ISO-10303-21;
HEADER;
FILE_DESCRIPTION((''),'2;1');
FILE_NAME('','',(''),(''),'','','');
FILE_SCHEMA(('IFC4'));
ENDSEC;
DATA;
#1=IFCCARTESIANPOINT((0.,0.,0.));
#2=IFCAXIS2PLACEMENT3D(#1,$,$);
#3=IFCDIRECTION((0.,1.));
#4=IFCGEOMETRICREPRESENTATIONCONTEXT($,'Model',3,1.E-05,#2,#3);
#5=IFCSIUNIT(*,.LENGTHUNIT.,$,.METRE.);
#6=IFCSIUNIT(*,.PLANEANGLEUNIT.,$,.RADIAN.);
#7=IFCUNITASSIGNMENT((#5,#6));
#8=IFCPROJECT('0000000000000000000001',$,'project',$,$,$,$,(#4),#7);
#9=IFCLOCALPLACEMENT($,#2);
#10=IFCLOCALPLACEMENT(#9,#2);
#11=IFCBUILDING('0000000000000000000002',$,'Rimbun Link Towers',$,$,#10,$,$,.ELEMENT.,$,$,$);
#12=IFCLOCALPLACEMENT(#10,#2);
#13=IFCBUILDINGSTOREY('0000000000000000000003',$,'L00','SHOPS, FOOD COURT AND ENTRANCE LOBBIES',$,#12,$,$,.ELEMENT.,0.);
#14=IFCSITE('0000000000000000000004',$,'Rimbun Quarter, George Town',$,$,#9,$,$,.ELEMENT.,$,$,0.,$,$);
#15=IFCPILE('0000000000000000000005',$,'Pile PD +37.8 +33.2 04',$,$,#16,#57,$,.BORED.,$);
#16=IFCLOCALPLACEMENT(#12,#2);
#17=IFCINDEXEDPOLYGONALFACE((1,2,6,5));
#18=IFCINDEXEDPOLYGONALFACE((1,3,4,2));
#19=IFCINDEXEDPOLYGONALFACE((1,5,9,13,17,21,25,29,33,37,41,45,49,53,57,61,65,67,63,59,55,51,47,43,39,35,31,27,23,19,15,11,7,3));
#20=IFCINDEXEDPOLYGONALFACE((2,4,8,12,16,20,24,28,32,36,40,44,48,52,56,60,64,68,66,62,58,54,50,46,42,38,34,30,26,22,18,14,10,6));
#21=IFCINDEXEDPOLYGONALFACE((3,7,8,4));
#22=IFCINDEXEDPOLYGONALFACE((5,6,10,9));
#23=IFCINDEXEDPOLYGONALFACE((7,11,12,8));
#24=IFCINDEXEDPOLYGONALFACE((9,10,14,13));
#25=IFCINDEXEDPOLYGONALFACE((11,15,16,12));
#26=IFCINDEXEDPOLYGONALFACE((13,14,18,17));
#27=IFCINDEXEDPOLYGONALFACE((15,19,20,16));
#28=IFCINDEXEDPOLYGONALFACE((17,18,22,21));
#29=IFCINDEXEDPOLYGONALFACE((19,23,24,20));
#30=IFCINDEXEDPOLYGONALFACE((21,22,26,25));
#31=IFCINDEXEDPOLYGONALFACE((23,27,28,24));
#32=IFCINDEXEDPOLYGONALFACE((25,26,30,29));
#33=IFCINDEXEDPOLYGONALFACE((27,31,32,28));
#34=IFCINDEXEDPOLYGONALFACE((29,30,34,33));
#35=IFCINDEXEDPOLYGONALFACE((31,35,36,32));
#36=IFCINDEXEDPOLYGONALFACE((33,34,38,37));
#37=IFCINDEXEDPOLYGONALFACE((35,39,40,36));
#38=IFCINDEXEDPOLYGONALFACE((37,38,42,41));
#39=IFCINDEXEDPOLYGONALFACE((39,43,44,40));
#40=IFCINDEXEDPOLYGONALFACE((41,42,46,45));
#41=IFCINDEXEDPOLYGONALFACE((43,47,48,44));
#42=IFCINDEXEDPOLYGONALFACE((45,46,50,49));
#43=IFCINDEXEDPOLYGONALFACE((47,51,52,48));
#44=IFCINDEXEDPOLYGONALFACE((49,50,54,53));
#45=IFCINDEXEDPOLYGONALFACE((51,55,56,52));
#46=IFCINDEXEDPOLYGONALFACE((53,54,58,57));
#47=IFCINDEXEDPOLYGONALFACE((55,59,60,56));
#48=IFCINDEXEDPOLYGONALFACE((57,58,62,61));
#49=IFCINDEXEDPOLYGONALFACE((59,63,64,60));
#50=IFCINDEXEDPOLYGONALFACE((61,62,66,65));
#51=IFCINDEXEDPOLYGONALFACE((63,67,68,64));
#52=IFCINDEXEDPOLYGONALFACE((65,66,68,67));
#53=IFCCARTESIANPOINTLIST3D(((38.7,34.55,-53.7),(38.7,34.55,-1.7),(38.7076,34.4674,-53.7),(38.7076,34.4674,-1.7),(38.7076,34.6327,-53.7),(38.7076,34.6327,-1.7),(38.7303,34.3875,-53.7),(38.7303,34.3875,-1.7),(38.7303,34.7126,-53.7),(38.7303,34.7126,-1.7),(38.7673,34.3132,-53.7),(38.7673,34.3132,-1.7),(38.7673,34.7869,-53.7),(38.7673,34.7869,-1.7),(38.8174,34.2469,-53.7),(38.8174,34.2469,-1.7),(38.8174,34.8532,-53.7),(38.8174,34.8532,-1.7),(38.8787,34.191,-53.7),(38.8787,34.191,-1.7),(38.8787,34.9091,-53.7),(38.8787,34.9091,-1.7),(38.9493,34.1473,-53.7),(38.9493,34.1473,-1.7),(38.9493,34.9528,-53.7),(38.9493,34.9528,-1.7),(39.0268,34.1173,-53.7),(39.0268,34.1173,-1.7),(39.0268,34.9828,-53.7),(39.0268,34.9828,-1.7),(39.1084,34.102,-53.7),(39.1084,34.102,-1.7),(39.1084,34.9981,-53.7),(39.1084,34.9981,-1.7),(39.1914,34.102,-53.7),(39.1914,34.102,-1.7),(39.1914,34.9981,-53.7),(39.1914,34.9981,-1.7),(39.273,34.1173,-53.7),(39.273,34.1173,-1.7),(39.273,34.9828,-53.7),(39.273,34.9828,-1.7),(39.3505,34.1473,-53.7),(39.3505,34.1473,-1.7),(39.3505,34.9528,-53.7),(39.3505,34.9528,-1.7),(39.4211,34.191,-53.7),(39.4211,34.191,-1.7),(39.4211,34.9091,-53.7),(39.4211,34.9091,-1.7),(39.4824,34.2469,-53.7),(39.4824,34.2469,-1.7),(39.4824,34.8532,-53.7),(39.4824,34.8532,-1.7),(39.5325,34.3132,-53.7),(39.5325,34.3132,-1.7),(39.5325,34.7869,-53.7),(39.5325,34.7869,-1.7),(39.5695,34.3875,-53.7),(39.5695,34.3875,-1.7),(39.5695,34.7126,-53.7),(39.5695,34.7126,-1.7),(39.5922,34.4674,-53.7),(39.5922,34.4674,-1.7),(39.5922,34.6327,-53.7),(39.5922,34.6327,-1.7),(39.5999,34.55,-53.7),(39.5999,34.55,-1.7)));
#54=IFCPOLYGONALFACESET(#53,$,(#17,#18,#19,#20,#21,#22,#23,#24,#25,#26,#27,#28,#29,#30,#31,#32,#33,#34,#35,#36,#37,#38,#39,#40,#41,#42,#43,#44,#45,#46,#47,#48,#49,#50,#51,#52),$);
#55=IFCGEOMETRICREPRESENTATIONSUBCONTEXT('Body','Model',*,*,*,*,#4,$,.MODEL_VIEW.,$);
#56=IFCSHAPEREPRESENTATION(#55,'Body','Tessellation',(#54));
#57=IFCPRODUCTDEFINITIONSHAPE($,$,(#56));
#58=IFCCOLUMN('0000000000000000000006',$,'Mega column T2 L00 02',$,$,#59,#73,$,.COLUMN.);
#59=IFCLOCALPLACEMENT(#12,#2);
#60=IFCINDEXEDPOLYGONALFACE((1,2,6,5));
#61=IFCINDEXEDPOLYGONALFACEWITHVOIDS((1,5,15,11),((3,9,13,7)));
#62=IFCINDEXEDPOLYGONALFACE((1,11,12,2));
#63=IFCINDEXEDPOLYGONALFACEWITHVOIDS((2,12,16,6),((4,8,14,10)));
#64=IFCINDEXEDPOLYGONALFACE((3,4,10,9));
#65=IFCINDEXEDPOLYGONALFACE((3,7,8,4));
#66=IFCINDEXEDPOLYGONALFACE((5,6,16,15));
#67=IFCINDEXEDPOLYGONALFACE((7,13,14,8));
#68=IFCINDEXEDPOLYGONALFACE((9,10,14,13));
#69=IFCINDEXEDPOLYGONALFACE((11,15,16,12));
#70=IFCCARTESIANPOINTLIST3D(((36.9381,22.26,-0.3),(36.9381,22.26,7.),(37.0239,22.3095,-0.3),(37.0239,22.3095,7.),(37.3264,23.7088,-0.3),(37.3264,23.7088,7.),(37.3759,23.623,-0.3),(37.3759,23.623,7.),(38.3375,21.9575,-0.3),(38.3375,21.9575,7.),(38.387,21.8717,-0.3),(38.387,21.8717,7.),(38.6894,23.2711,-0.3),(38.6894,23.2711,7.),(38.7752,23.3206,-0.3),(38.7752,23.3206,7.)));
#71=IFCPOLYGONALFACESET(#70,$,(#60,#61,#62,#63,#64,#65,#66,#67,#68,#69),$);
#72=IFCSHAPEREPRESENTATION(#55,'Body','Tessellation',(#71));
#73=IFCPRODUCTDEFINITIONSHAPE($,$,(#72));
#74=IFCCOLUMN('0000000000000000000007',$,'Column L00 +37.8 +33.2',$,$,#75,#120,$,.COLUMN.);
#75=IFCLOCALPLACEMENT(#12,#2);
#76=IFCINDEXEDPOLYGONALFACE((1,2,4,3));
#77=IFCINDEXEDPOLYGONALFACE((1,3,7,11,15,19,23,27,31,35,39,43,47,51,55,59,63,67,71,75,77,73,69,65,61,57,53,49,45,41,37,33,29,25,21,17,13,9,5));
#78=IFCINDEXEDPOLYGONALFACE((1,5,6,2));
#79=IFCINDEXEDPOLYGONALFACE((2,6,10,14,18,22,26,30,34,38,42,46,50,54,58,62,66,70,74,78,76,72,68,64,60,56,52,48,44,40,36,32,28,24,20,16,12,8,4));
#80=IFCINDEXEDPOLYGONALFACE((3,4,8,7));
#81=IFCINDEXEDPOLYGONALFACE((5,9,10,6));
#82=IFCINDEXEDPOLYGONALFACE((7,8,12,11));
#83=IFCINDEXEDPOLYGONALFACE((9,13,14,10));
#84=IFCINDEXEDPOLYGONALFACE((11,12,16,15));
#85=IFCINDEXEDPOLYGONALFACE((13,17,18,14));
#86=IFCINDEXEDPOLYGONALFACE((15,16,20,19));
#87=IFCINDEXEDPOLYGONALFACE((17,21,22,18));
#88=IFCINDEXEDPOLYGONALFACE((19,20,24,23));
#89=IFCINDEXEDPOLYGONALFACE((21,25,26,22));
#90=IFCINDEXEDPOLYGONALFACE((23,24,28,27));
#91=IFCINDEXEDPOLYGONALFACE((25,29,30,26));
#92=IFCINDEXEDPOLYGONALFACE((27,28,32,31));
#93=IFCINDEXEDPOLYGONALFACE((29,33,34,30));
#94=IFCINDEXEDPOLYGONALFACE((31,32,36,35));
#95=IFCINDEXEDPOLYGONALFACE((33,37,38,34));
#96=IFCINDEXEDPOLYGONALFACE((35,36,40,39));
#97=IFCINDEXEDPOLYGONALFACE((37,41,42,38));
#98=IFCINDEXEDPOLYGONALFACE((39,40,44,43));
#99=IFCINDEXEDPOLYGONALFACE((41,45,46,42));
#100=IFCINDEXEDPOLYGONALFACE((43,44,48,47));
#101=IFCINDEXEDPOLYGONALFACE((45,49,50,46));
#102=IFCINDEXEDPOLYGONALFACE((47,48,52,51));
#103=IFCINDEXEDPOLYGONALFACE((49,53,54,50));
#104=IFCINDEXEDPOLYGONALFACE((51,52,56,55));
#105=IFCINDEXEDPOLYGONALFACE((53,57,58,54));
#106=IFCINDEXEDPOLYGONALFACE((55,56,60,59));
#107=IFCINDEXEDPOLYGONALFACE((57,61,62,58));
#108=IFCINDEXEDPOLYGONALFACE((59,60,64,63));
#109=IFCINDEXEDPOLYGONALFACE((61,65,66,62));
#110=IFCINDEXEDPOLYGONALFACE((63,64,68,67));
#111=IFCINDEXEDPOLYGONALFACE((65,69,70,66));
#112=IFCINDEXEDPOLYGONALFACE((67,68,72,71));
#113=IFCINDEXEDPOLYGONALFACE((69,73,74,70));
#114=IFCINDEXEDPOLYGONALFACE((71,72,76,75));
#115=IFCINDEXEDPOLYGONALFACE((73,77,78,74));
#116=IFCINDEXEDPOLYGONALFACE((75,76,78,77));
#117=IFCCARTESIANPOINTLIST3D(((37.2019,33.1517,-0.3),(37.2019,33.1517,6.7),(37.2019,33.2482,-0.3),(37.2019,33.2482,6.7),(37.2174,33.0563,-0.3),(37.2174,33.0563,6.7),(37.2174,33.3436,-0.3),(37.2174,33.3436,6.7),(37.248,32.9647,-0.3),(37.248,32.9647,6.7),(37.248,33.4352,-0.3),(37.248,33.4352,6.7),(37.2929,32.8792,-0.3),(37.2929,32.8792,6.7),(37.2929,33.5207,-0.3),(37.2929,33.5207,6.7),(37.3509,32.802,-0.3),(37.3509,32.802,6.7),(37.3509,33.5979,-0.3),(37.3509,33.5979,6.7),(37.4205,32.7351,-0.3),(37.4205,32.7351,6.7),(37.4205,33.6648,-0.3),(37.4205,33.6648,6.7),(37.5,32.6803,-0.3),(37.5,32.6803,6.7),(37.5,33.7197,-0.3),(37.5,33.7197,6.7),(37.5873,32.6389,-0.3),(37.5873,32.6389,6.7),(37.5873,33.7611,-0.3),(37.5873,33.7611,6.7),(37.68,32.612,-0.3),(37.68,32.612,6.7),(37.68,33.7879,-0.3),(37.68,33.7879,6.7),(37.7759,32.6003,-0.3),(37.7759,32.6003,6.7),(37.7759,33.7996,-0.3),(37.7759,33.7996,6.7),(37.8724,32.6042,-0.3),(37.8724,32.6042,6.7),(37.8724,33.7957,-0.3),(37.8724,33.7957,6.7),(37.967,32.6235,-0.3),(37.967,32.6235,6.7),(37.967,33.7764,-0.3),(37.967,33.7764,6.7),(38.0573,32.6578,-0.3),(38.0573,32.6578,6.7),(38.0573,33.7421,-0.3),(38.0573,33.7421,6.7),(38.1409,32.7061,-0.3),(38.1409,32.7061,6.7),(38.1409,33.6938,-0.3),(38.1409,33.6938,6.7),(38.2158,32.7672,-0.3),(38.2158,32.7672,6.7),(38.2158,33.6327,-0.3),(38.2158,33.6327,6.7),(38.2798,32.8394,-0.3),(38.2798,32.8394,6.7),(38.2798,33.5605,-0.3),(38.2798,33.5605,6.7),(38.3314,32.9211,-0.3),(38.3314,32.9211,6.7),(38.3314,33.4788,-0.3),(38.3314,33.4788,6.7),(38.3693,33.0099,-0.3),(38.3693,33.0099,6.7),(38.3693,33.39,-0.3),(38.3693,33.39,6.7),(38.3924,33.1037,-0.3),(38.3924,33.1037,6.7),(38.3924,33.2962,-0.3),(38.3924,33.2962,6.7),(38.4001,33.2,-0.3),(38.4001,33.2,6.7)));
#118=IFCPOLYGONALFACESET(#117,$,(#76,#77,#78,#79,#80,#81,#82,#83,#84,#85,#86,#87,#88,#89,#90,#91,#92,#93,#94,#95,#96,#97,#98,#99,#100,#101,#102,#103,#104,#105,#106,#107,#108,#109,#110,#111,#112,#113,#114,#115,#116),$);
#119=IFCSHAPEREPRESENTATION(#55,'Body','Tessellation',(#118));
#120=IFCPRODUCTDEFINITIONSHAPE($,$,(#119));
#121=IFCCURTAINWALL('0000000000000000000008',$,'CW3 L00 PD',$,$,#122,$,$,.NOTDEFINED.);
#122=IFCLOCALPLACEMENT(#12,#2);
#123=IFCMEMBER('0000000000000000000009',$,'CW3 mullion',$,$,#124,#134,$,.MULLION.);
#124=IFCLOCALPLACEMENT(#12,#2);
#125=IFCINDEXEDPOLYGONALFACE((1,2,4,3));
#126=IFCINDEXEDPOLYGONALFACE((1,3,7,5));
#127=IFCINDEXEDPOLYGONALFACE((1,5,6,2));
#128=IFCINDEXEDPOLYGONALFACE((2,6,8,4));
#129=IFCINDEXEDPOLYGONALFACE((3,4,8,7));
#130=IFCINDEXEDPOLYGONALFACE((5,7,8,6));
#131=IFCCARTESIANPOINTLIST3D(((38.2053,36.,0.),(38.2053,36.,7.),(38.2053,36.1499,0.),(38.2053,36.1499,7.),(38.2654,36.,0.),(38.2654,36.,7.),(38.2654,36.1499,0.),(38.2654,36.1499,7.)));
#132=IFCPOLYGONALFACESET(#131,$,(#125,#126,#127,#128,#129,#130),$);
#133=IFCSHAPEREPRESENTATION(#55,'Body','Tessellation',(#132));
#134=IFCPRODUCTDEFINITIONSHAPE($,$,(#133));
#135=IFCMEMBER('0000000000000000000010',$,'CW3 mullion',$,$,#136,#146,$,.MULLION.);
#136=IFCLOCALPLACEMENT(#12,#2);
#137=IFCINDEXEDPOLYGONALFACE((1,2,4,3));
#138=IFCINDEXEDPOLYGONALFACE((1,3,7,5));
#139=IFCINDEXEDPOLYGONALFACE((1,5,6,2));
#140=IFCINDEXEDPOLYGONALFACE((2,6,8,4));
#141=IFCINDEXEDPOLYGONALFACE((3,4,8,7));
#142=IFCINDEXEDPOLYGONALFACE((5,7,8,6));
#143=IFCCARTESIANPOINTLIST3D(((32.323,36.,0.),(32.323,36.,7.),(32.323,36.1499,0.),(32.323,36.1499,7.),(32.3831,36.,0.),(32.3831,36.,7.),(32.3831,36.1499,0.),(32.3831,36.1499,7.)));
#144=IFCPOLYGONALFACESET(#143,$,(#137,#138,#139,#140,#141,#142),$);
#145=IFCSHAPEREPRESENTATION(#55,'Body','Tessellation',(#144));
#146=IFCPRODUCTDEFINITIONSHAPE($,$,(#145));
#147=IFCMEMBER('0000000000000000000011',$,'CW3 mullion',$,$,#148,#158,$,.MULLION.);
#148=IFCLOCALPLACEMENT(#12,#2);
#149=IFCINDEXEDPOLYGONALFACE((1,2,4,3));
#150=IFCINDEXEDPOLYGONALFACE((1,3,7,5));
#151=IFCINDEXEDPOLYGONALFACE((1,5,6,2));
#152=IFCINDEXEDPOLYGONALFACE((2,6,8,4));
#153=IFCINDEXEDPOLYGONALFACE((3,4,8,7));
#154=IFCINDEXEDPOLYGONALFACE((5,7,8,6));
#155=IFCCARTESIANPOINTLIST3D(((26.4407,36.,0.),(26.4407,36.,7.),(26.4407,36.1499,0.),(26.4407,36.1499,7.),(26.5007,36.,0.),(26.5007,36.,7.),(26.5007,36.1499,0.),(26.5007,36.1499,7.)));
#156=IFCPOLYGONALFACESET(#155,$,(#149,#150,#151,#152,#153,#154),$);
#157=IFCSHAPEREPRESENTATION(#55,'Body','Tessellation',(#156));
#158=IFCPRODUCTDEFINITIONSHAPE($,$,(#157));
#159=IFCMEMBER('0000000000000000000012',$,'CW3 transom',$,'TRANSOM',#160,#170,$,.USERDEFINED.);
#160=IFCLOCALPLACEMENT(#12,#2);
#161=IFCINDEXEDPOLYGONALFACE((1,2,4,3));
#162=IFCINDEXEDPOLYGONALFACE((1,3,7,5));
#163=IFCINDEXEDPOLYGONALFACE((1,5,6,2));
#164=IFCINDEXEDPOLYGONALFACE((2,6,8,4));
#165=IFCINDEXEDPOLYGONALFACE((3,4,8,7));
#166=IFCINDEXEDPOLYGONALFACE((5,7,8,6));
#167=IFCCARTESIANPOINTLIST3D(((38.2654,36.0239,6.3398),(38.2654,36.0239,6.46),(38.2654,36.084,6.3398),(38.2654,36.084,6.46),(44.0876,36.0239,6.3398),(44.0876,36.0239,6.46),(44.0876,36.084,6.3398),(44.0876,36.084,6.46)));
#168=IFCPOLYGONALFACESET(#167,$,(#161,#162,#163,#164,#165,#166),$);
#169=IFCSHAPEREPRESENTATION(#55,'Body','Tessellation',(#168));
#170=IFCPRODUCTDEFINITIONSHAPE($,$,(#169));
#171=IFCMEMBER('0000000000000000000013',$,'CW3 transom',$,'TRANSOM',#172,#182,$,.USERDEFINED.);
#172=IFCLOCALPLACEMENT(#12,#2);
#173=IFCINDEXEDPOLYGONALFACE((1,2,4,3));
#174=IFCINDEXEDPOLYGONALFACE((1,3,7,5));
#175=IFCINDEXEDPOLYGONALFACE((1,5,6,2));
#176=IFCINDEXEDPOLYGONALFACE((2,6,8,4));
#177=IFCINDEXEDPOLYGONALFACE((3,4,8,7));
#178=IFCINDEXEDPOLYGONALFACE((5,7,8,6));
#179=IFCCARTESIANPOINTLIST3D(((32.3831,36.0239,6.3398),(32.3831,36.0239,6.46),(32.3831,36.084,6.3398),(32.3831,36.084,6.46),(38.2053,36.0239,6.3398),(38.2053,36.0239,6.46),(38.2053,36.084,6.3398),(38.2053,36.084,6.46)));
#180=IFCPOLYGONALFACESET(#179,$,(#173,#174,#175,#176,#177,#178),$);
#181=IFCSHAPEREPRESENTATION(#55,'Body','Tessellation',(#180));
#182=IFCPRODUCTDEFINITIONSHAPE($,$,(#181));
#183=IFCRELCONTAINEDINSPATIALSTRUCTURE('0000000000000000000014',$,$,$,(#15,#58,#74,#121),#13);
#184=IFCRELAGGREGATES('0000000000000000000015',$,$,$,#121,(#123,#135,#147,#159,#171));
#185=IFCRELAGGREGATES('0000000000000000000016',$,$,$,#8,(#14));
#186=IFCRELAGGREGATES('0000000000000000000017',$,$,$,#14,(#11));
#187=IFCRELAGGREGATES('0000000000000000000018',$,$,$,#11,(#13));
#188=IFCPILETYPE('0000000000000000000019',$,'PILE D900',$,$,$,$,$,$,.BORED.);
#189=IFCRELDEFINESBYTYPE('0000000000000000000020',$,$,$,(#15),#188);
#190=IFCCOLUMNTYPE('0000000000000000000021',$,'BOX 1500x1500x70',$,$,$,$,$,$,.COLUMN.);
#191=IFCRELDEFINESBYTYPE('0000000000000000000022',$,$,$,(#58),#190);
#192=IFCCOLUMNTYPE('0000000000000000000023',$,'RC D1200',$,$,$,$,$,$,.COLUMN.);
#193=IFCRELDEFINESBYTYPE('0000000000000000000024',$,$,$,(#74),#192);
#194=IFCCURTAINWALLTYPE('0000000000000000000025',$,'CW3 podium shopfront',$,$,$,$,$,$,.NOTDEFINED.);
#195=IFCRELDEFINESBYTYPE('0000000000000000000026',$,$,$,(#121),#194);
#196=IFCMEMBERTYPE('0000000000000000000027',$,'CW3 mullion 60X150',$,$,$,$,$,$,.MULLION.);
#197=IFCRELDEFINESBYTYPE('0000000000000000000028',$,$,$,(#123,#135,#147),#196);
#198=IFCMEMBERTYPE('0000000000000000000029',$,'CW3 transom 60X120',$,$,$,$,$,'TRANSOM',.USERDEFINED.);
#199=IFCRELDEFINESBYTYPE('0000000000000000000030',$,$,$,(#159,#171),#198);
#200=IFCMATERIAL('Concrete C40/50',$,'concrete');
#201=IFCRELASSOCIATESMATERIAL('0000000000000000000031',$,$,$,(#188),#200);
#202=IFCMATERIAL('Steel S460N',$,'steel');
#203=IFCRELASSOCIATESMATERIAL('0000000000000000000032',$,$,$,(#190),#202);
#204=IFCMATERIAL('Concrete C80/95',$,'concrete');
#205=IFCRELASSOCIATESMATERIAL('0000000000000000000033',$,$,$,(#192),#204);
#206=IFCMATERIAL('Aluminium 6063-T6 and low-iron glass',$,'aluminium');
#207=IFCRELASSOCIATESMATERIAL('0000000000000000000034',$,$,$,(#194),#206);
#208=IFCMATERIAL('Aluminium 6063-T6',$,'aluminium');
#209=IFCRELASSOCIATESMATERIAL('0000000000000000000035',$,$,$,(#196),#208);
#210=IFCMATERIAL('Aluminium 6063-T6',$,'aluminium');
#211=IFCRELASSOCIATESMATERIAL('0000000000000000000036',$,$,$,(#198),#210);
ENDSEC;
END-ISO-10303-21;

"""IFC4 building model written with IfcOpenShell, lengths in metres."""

from ifc_helpers import new_model, si_unit, direction, frame, origin, origin_2d, place, context, subcontext, project, spatial, rectangle, hollow_rectangle, circle, extrude, material, material_profile, profile_set, type_object, element, aggregate, save


model = new_model("IFC4")

# Units and contexts
model_context = context("Model", 3, precision=1e-05, world=origin(), true_north=direction((0.0, 1.0)))
body_context = subcontext(model_context, "Body", "Model", "MODEL_VIEW")
ifc_project = project(units=[si_unit("LENGTHUNIT", "METRE"), si_unit("PLANEANGLEUNIT", "RADIAN")], contexts=[model_context])

# Site, building, storey
site_placement = place(None, origin())
site = spatial("IfcSite", under=ifc_project, at=site_placement, Name="Rimbun Quarter, George Town", CompositionType="ELEMENT", RefElevation=0.0)
building_placement = place(site_placement, origin())
building = spatial("IfcBuilding", under=site, at=building_placement, Name="Rimbun Link Towers", CompositionType="ELEMENT")
storey_placement = place(building_placement, origin())
storey = spatial("IfcBuildingStorey", under=building, at=storey_placement, Name="L00", Description="SHOPS, FOOD COURT AND ENTRANCE LOBBIES", CompositionType="ELEMENT", Elevation=0.0)

# Pile
ifc_material_1 = material(Name="Concrete C40/50", Category="concrete")
ifc_material_profile_1 = material_profile(ifc_material_1, circle(Radius=0.45, at=origin_2d()), Name="PILE D900")
ifc_profile_set_1 = profile_set([ifc_material_profile_1], Name="Concrete C40/50")
pile_type_1 = type_object("IfcPileType", Name="PILE D900", PredefinedType="BORED", material=ifc_profile_set_1)
for number, where, z_axis, x_axis, name in (
    (1, (39.1499, 34.55, -1.7), (0.0, 0.0, -1.0), (1.0, 0.0, 0.0), "Pile PD +37.8 +33.2 04"),
):
    element("IfcPile", number, at=place(storey_placement, frame(where, z_axis=z_axis, x_axis=x_axis)), inside=storey, type_object=pile_type_1, Name=name, PredefinedType="BORED", context=body_context, shape_type="SweptSolid", body=[
        extrude(circle(Radius=0.45, at=origin_2d()), origin(), (0.0, 0.0, 1.0), 52.0),
    ])

# Columns
ifc_material_2 = material(Name="Steel S460N", Category="steel")
ifc_material_profile_2 = material_profile(ifc_material_2, hollow_rectangle(XDim=1.5, YDim=1.5, WallThickness=0.0701, at=origin_2d()), Name="BOX 1500x1500x70")
ifc_profile_set_2 = profile_set([ifc_material_profile_2], Name="Steel S460N")
column_type_1 = type_object("IfcColumnType", Name="BOX 1500x1500x70", PredefinedType="COLUMN", material=ifc_profile_set_2)
column_1_placement = place(storey_placement, frame((37.8567, 22.7903, -0.3), z_axis=(0.0, 0.0, 1.0), x_axis=(0.258819, 0.965926, 0.0)))
element("IfcColumn", 2, at=column_1_placement, inside=storey, type_object=column_type_1, Name="Mega column T2 L00 02", PredefinedType="COLUMN", context=body_context, shape_type="SweptSolid", body=[
    extrude(hollow_rectangle(XDim=1.5, YDim=1.5, WallThickness=0.0701, at=origin_2d()), origin(), (0.0, 0.0, 1.0), 7.3),
])
ifc_material_3 = material(Name="Concrete C80/95", Category="concrete")
ifc_material_profile_3 = material_profile(ifc_material_3, circle(Radius=0.6001, at=origin_2d()), Name="RC D1200")
ifc_profile_set_3 = profile_set([ifc_material_profile_3], Name="Concrete C80/95")
column_type_2 = type_object("IfcColumnType", Name="RC D1200", PredefinedType="COLUMN", material=ifc_profile_set_3)
column_2_placement = place(storey_placement, frame((37.8, 33.2, -0.3), z_axis=(0.0, 0.0, 1.0), x_axis=(1.0, 0.0, 0.0)))
element("IfcColumn", 3, at=column_2_placement, inside=storey, type_object=column_type_2, Name="Column L00 +37.8 +33.2", PredefinedType="COLUMN", context=body_context, shape_type="SweptSolid", body=[
    extrude(circle(Radius=0.6001, at=origin_2d()), origin(), (0.0, 0.0, 1.0), 7.0),
])

# Curtain wall, members
ifc_material_4 = material(Name="Aluminium 6063-T6 and low-iron glass", Category="aluminium")
curtain_wall_type = type_object("IfcCurtainWallType", Name="CW3 podium shopfront", PredefinedType="NOTDEFINED", material=ifc_material_4)
curtain_wall_placement = place(storey_placement, origin())
curtain_wall = element("IfcCurtainWall", 4, at=curtain_wall_placement, inside=storey, type_object=curtain_wall_type, Name="CW3 L00 PD", PredefinedType="NOTDEFINED")
ifc_material_5 = material(Name="Aluminium 6063-T6", Category="aluminium")
ifc_material_profile_4 = material_profile(ifc_material_5, rectangle(XDim=0.1499, YDim=0.0601, at=origin_2d()), Name="MULLION 60X150")
ifc_profile_set_4 = profile_set([ifc_material_profile_4], Name="Aluminium 6063-T6")
member_type_1 = type_object("IfcMemberType", Name="CW3 mullion 60X150", PredefinedType="MULLION", material=ifc_profile_set_4)
member_1_placement = place(storey_placement, frame((38.2354, 36.075, 0.0), z_axis=(0.0, 0.0, 1.0), x_axis=(0.0, 1.0, 0.0)))
member_1 = element("IfcMember", 5, at=member_1_placement, type_object=member_type_1, Name="CW3 mullion", PredefinedType="MULLION", context=body_context, shape_type="SweptSolid", body=[
    extrude(rectangle(XDim=0.1499, YDim=0.0601, at=origin_2d()), origin(), (0.0, 0.0, 1.0), 7.0),
])
member_2_placement = place(storey_placement, frame((32.353, 36.075, 0.0), z_axis=(0.0, 0.0, 1.0), x_axis=(0.0, 1.0, 0.0)))
member_2 = element("IfcMember", 6, at=member_2_placement, type_object=member_type_1, Name="CW3 mullion", PredefinedType="MULLION", context=body_context, shape_type="SweptSolid", body=[
    extrude(rectangle(XDim=0.1499, YDim=0.0601, at=origin_2d()), origin(), (0.0, 0.0, 1.0), 7.0),
])
member_3_placement = place(storey_placement, frame((26.4707, 36.075, 0.0), z_axis=(0.0, 0.0, 1.0), x_axis=(0.0, 1.0, 0.0)))
member_3 = element("IfcMember", 7, at=member_3_placement, type_object=member_type_1, Name="CW3 mullion", PredefinedType="MULLION", context=body_context, shape_type="SweptSolid", body=[
    extrude(rectangle(XDim=0.1499, YDim=0.0601, at=origin_2d()), origin(), (0.0, 0.0, 1.0), 7.0),
])
ifc_material_6 = material(Name="Aluminium 6063-T6", Category="aluminium")
ifc_material_profile_5 = material_profile(ifc_material_6, rectangle(XDim=0.0601, YDim=0.1201, at=origin_2d()), Name="TRANSOM 60X120")
ifc_profile_set_5 = profile_set([ifc_material_profile_5], Name="Aluminium 6063-T6")
member_type_2 = type_object("IfcMemberType", Name="CW3 transom 60X120", ElementType="TRANSOM", PredefinedType="USERDEFINED", material=ifc_profile_set_5)
member_4_placement = place(storey_placement, frame((38.2654, 36.054, 6.3999), z_axis=(1.0, 0.0, 0.0), x_axis=(0.0, 1.0, 0.0)))
member_4 = element("IfcMember", 8, at=member_4_placement, type_object=member_type_2, Name="CW3 transom", ObjectType="TRANSOM", PredefinedType="USERDEFINED", context=body_context, shape_type="SweptSolid", body=[
    extrude(rectangle(XDim=0.0601, YDim=0.1201, at=origin_2d()), origin(), (0.0, 0.0, 1.0), 5.8223),
])
member_5_placement = place(storey_placement, frame((32.3831, 36.054, 6.3999), z_axis=(1.0, 0.0, 0.0), x_axis=(0.0, 1.0, 0.0)))
member_5 = element("IfcMember", 9, at=member_5_placement, type_object=member_type_2, Name="CW3 transom", ObjectType="TRANSOM", PredefinedType="USERDEFINED", context=body_context, shape_type="SweptSolid", body=[
    extrude(rectangle(XDim=0.0601, YDim=0.1201, at=origin_2d()), origin(), (0.0, 0.0, 1.0), 5.8223),
])
aggregate(curtain_wall, [member_1, member_2, member_3, member_4, member_5])

save(model, "model.ifc")
